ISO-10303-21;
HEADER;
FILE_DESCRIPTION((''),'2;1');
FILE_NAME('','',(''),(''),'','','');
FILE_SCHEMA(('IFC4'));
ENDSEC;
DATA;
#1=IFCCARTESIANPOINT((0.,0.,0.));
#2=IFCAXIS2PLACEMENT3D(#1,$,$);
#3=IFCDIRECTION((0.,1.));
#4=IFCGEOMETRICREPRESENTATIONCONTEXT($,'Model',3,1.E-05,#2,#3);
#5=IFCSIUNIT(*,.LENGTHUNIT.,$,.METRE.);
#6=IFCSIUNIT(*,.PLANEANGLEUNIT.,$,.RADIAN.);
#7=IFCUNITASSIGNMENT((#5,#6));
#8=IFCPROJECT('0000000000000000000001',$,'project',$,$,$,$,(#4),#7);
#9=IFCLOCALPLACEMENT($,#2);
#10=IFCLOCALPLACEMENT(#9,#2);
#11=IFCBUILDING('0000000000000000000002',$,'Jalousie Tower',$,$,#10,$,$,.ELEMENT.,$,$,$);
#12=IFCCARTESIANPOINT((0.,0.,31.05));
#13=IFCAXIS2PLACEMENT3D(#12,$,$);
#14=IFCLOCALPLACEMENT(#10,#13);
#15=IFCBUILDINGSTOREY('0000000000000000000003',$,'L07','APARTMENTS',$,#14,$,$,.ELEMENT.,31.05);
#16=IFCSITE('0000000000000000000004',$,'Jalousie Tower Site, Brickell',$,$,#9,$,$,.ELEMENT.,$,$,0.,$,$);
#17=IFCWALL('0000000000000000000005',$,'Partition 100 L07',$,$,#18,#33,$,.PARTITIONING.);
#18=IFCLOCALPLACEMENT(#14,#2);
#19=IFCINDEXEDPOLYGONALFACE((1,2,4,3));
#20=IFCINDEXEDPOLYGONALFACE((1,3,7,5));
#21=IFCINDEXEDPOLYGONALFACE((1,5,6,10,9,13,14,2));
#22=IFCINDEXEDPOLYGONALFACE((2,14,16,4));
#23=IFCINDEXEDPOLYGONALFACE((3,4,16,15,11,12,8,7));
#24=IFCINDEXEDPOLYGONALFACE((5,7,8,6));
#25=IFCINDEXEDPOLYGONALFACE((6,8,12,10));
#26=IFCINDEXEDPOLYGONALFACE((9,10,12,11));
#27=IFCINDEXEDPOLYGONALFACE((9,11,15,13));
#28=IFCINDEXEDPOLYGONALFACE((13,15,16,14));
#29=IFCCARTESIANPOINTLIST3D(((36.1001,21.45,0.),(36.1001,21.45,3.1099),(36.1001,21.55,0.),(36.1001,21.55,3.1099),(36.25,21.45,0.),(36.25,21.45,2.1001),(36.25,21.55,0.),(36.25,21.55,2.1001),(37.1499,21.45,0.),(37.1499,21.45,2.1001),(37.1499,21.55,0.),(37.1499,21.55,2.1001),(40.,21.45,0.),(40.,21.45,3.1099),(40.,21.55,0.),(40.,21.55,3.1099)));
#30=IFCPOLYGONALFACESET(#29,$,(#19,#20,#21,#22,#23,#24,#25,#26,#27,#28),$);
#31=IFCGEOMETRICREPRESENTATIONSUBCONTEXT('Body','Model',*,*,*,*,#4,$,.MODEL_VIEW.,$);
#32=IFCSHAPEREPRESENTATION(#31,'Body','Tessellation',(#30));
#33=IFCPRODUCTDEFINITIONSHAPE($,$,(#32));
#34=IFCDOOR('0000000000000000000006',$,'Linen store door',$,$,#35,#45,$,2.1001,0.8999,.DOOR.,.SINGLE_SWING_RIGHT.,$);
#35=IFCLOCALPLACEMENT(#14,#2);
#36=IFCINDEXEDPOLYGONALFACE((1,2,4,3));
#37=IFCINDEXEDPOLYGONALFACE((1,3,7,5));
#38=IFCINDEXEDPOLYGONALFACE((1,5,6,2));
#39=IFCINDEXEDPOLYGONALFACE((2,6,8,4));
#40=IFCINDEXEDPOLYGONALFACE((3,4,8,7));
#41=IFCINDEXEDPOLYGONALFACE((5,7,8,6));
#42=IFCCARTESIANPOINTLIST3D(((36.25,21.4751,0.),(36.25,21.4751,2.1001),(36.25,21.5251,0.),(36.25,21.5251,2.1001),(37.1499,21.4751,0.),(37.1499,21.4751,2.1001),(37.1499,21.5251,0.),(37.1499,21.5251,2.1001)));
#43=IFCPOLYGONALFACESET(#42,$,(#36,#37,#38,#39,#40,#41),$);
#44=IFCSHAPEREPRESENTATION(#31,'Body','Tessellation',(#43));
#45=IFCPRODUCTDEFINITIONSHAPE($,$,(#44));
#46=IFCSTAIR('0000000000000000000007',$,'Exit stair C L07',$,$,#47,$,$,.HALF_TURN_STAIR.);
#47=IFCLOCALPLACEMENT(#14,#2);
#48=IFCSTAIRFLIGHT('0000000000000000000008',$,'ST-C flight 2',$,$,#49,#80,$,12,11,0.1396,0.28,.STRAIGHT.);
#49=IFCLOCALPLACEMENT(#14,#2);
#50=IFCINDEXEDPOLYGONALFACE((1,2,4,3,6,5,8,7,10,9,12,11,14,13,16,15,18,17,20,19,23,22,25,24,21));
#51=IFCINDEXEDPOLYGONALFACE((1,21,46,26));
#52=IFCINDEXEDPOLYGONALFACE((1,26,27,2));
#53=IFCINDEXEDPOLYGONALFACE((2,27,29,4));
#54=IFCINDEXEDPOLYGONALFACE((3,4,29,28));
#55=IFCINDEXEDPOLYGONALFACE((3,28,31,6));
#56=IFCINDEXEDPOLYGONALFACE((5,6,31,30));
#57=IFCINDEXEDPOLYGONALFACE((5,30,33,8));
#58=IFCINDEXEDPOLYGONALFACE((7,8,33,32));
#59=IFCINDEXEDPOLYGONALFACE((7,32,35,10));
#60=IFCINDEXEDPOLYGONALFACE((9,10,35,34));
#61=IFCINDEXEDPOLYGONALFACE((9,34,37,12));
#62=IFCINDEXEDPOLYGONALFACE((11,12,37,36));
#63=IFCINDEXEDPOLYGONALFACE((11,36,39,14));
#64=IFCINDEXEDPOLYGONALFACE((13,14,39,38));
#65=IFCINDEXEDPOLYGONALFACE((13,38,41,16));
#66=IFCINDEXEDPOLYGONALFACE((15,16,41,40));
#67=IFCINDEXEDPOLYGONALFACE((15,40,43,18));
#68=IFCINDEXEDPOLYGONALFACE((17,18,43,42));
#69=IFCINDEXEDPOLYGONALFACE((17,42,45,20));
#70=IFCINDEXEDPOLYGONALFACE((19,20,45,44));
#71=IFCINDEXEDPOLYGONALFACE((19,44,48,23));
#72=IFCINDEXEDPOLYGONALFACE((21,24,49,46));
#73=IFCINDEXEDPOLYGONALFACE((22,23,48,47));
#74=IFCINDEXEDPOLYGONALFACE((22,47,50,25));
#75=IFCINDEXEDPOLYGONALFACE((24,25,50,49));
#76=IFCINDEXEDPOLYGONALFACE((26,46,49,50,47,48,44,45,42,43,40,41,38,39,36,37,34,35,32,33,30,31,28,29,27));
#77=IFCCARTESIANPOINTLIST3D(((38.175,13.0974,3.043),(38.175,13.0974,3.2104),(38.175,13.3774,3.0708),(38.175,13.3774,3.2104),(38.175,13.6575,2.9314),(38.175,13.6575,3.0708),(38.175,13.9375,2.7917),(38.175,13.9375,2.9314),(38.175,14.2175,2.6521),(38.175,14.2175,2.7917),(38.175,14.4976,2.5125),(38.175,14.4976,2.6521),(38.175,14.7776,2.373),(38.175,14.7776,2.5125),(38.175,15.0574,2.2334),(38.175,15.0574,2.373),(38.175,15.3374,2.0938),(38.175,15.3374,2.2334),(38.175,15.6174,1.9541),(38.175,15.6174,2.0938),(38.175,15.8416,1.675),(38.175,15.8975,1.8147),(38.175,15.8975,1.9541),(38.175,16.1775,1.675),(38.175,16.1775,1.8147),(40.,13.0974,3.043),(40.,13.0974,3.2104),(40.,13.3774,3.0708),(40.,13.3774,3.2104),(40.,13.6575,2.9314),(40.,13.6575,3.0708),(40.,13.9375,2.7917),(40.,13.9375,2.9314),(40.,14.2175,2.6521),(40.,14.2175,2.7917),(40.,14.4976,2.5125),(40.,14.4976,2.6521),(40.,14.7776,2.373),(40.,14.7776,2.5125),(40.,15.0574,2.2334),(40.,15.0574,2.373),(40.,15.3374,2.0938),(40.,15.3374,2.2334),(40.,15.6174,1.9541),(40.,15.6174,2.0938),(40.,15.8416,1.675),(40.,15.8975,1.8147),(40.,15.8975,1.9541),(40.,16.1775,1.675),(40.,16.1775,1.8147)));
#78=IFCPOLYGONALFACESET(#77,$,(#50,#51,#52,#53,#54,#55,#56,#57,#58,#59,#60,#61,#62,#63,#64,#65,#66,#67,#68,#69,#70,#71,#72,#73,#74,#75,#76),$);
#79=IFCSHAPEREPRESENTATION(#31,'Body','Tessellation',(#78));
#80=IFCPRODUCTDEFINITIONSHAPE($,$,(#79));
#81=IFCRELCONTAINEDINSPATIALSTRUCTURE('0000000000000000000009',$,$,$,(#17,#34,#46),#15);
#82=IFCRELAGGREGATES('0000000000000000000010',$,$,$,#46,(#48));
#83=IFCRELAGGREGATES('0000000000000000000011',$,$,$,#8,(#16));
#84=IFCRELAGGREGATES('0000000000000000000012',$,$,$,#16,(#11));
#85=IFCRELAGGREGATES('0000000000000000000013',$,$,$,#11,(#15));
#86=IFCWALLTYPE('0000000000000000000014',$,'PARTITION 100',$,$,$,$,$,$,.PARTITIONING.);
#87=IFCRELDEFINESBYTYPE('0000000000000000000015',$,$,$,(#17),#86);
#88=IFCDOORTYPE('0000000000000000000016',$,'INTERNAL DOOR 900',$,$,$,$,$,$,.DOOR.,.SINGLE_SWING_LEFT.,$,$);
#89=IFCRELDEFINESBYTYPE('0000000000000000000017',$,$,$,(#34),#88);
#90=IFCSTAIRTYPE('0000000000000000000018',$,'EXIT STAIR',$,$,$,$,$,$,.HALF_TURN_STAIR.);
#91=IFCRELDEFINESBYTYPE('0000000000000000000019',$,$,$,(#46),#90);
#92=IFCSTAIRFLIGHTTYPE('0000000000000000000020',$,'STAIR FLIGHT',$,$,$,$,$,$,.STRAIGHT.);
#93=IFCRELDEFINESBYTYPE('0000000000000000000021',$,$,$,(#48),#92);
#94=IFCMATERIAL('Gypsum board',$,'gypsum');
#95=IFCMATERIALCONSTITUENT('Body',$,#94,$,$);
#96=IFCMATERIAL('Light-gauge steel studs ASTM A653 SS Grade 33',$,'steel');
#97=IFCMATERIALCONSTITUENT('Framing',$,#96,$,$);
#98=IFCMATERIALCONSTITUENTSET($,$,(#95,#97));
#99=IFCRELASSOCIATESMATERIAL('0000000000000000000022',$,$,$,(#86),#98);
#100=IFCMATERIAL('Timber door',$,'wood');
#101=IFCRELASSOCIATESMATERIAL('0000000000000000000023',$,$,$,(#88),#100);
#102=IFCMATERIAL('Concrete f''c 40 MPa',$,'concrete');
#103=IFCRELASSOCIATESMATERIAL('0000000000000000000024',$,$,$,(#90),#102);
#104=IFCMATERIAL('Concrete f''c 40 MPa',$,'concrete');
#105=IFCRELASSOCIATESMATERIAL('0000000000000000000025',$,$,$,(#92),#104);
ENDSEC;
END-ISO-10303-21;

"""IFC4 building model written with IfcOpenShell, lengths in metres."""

from ifc_helpers import new_model, si_unit, direction, frame, frame_2d, origin, place, context, subcontext, project, spatial, polyline, rectangle, outline, extrude, material, constituent, constituent_set, type_object, element, fill, aggregate, save


model = new_model("IFC4")

# Units and contexts
model_context = context("Model", 3, precision=1e-05, world=origin(), true_north=direction((0.0, 1.0)))
body_context = subcontext(model_context, "Body", "Model", "MODEL_VIEW")
ifc_project = project(units=[si_unit("LENGTHUNIT", "METRE"), si_unit("PLANEANGLEUNIT", "RADIAN")], contexts=[model_context])

# Site, building, storey
site_placement = place(None, origin())
site = spatial("IfcSite", under=ifc_project, at=site_placement, Name="Jalousie Tower Site, Brickell", CompositionType="ELEMENT", RefElevation=0.0)
building_placement = place(site_placement, origin())
building = spatial("IfcBuilding", under=site, at=building_placement, Name="Jalousie Tower", CompositionType="ELEMENT")
storey_placement = place(building_placement, frame((0.0, 0.0, 31.05)))
storey = spatial("IfcBuildingStorey", under=building, at=storey_placement, Name="L07", Description="APARTMENTS", CompositionType="ELEMENT", Elevation=31.05)

# Wall, opening, door
ifc_material_1 = material(Name="Gypsum board", Category="gypsum")
ifc_constituent_1 = constituent(ifc_material_1, Name="Body")
ifc_material_2 = material(Name="Light-gauge steel studs ASTM A653 SS Grade 33", Category="steel")
ifc_constituent_2 = constituent(ifc_material_2, Name="Framing")
ifc_constituent_set = constituent_set(constituents=[ifc_constituent_1, ifc_constituent_2])
wall_type_1 = type_object("IfcWallType", Name="PARTITION 100", PredefinedType="PARTITIONING", material=ifc_constituent_set)
ifc_material_3 = material(Name="Timber door", Category="wood")
door_type_1 = type_object("IfcDoorType", Name="INTERNAL DOOR 900", OperationType="SINGLE_SWING_LEFT", PredefinedType="DOOR", material=ifc_material_3)
wall_1_placement = place(storey_placement, frame((36.1001, 21.5, 0.0), z_axis=(0.0, 0.0, 1.0), x_axis=(1.0, 0.0, 0.0)))
wall_1 = element("IfcWall", 1, at=wall_1_placement, inside=storey, type_object=wall_type_1, Name="Partition 100 L07", PredefinedType="PARTITIONING", context=body_context, shape_type="SweptSolid", body=[
    extrude(rectangle(XDim=3.8999, YDim=0.1001, at=frame_2d((1.95, 0.0))), origin(), (0.0, 0.0, 1.0), 3.1099),
])
opening_1_placement = place(wall_1_placement, frame((0.1499, 0.0, 0.0)))
opening_1 = element("IfcOpeningElement", 2, at=opening_1_placement, cuts=wall_1, PredefinedType="OPENING", context=body_context, shape_type="SweptSolid", body=[
    extrude(rectangle(XDim=0.8999, YDim=2.1001, at=frame_2d((0.45, 1.05))), frame((0.0, 0.0601, 0.0), z_axis=(0.0, -1.0, 0.0), x_axis=(1.0, 0.0, 0.0)), (0.0, 0.0, 1.0), 0.1201),
])
door_1_placement = place(opening_1_placement, frame((0.8999, 0.0, 0.0), z_axis=(0.0, 0.0, 1.0), x_axis=(-1.0, 0.0, 0.0)))
door_1 = element("IfcDoor", 3, at=door_1_placement, inside=storey, type_object=door_type_1, Name="Linen store door", OperationType="SINGLE_SWING_RIGHT", OverallHeight=2.1001, OverallWidth=0.8999, PredefinedType="DOOR", context=body_context, shape_type="SweptSolid", body=[
    extrude(rectangle(XDim=0.8999, YDim=2.1001, at=frame_2d((0.45, 1.05))), frame((0.0, 0.0249, 0.0), z_axis=(0.0, -1.0, 0.0), x_axis=(1.0, 0.0, 0.0)), (0.0, 0.0, 1.0), 0.05),
])
fill(opening_1, door_1)

# Stair, stair flight
ifc_material_4 = material(Name="Concrete f'c 40 MPa", Category="concrete")
stair_type = type_object("IfcStairType", Name="EXIT STAIR", PredefinedType="HALF_TURN_STAIR", material=ifc_material_4)
stair_placement = place(storey_placement, origin())
stair = element("IfcStair", 4, at=stair_placement, inside=storey, type_object=stair_type, Name="Exit stair C L07", PredefinedType="HALF_TURN_STAIR")
ifc_material_5 = material(Name="Concrete f'c 40 MPa", Category="concrete")
stair_flight_type = type_object("IfcStairFlightType", Name="STAIR FLIGHT", PredefinedType="STRAIGHT", material=ifc_material_5)
stair_flight_placement = place(storey_placement, frame((39.0874, 16.1775, 1.675), z_axis=(0.0, 0.0, 1.0), x_axis=(0.0, -1.0, 0.0)))
stair_flight = element("IfcStairFlight", 5, at=stair_flight_placement, type_object=stair_flight_type, Name="ST-C flight 2", NumberOfRisers=12, NumberOfTreads=11, PredefinedType="STRAIGHT", RiserHeight=0.1396, TreadLength=0.28, context=body_context, shape_type="SweptSolid", body=[
    extrude(outline(polyline([(0.0, 0.0), (0.0, 0.1396), (0.28, 0.1396), (0.28, 0.2791), (0.5601, 0.2791), (0.5601, 0.4187), (0.8401, 0.4187), (0.8401, 0.5583), (1.1201, 0.5583), (1.1201, 0.698), (1.3999, 0.698), (1.3999, 0.8374), (1.6799, 0.8374), (1.6799, 0.9771), (1.96, 0.9771), (1.96, 1.1167), (2.24, 1.1167), (2.24, 1.2563), (2.52, 1.2563), (2.52, 1.3958), (2.8, 1.3958), (2.8, 1.5354), (3.0801, 1.5354), (3.0801, 1.675), (3.0801, 1.3679), (0.3359, 0.0), (0.0, 0.0)])), frame((0.0, 0.9126, 0.0), z_axis=(0.0, -1.0, 0.0), x_axis=(1.0, 0.0, 0.0)), (0.0, 0.0, 1.0), 1.825),
])
aggregate(stair, [stair_flight])

save(model, "model.ifc")
